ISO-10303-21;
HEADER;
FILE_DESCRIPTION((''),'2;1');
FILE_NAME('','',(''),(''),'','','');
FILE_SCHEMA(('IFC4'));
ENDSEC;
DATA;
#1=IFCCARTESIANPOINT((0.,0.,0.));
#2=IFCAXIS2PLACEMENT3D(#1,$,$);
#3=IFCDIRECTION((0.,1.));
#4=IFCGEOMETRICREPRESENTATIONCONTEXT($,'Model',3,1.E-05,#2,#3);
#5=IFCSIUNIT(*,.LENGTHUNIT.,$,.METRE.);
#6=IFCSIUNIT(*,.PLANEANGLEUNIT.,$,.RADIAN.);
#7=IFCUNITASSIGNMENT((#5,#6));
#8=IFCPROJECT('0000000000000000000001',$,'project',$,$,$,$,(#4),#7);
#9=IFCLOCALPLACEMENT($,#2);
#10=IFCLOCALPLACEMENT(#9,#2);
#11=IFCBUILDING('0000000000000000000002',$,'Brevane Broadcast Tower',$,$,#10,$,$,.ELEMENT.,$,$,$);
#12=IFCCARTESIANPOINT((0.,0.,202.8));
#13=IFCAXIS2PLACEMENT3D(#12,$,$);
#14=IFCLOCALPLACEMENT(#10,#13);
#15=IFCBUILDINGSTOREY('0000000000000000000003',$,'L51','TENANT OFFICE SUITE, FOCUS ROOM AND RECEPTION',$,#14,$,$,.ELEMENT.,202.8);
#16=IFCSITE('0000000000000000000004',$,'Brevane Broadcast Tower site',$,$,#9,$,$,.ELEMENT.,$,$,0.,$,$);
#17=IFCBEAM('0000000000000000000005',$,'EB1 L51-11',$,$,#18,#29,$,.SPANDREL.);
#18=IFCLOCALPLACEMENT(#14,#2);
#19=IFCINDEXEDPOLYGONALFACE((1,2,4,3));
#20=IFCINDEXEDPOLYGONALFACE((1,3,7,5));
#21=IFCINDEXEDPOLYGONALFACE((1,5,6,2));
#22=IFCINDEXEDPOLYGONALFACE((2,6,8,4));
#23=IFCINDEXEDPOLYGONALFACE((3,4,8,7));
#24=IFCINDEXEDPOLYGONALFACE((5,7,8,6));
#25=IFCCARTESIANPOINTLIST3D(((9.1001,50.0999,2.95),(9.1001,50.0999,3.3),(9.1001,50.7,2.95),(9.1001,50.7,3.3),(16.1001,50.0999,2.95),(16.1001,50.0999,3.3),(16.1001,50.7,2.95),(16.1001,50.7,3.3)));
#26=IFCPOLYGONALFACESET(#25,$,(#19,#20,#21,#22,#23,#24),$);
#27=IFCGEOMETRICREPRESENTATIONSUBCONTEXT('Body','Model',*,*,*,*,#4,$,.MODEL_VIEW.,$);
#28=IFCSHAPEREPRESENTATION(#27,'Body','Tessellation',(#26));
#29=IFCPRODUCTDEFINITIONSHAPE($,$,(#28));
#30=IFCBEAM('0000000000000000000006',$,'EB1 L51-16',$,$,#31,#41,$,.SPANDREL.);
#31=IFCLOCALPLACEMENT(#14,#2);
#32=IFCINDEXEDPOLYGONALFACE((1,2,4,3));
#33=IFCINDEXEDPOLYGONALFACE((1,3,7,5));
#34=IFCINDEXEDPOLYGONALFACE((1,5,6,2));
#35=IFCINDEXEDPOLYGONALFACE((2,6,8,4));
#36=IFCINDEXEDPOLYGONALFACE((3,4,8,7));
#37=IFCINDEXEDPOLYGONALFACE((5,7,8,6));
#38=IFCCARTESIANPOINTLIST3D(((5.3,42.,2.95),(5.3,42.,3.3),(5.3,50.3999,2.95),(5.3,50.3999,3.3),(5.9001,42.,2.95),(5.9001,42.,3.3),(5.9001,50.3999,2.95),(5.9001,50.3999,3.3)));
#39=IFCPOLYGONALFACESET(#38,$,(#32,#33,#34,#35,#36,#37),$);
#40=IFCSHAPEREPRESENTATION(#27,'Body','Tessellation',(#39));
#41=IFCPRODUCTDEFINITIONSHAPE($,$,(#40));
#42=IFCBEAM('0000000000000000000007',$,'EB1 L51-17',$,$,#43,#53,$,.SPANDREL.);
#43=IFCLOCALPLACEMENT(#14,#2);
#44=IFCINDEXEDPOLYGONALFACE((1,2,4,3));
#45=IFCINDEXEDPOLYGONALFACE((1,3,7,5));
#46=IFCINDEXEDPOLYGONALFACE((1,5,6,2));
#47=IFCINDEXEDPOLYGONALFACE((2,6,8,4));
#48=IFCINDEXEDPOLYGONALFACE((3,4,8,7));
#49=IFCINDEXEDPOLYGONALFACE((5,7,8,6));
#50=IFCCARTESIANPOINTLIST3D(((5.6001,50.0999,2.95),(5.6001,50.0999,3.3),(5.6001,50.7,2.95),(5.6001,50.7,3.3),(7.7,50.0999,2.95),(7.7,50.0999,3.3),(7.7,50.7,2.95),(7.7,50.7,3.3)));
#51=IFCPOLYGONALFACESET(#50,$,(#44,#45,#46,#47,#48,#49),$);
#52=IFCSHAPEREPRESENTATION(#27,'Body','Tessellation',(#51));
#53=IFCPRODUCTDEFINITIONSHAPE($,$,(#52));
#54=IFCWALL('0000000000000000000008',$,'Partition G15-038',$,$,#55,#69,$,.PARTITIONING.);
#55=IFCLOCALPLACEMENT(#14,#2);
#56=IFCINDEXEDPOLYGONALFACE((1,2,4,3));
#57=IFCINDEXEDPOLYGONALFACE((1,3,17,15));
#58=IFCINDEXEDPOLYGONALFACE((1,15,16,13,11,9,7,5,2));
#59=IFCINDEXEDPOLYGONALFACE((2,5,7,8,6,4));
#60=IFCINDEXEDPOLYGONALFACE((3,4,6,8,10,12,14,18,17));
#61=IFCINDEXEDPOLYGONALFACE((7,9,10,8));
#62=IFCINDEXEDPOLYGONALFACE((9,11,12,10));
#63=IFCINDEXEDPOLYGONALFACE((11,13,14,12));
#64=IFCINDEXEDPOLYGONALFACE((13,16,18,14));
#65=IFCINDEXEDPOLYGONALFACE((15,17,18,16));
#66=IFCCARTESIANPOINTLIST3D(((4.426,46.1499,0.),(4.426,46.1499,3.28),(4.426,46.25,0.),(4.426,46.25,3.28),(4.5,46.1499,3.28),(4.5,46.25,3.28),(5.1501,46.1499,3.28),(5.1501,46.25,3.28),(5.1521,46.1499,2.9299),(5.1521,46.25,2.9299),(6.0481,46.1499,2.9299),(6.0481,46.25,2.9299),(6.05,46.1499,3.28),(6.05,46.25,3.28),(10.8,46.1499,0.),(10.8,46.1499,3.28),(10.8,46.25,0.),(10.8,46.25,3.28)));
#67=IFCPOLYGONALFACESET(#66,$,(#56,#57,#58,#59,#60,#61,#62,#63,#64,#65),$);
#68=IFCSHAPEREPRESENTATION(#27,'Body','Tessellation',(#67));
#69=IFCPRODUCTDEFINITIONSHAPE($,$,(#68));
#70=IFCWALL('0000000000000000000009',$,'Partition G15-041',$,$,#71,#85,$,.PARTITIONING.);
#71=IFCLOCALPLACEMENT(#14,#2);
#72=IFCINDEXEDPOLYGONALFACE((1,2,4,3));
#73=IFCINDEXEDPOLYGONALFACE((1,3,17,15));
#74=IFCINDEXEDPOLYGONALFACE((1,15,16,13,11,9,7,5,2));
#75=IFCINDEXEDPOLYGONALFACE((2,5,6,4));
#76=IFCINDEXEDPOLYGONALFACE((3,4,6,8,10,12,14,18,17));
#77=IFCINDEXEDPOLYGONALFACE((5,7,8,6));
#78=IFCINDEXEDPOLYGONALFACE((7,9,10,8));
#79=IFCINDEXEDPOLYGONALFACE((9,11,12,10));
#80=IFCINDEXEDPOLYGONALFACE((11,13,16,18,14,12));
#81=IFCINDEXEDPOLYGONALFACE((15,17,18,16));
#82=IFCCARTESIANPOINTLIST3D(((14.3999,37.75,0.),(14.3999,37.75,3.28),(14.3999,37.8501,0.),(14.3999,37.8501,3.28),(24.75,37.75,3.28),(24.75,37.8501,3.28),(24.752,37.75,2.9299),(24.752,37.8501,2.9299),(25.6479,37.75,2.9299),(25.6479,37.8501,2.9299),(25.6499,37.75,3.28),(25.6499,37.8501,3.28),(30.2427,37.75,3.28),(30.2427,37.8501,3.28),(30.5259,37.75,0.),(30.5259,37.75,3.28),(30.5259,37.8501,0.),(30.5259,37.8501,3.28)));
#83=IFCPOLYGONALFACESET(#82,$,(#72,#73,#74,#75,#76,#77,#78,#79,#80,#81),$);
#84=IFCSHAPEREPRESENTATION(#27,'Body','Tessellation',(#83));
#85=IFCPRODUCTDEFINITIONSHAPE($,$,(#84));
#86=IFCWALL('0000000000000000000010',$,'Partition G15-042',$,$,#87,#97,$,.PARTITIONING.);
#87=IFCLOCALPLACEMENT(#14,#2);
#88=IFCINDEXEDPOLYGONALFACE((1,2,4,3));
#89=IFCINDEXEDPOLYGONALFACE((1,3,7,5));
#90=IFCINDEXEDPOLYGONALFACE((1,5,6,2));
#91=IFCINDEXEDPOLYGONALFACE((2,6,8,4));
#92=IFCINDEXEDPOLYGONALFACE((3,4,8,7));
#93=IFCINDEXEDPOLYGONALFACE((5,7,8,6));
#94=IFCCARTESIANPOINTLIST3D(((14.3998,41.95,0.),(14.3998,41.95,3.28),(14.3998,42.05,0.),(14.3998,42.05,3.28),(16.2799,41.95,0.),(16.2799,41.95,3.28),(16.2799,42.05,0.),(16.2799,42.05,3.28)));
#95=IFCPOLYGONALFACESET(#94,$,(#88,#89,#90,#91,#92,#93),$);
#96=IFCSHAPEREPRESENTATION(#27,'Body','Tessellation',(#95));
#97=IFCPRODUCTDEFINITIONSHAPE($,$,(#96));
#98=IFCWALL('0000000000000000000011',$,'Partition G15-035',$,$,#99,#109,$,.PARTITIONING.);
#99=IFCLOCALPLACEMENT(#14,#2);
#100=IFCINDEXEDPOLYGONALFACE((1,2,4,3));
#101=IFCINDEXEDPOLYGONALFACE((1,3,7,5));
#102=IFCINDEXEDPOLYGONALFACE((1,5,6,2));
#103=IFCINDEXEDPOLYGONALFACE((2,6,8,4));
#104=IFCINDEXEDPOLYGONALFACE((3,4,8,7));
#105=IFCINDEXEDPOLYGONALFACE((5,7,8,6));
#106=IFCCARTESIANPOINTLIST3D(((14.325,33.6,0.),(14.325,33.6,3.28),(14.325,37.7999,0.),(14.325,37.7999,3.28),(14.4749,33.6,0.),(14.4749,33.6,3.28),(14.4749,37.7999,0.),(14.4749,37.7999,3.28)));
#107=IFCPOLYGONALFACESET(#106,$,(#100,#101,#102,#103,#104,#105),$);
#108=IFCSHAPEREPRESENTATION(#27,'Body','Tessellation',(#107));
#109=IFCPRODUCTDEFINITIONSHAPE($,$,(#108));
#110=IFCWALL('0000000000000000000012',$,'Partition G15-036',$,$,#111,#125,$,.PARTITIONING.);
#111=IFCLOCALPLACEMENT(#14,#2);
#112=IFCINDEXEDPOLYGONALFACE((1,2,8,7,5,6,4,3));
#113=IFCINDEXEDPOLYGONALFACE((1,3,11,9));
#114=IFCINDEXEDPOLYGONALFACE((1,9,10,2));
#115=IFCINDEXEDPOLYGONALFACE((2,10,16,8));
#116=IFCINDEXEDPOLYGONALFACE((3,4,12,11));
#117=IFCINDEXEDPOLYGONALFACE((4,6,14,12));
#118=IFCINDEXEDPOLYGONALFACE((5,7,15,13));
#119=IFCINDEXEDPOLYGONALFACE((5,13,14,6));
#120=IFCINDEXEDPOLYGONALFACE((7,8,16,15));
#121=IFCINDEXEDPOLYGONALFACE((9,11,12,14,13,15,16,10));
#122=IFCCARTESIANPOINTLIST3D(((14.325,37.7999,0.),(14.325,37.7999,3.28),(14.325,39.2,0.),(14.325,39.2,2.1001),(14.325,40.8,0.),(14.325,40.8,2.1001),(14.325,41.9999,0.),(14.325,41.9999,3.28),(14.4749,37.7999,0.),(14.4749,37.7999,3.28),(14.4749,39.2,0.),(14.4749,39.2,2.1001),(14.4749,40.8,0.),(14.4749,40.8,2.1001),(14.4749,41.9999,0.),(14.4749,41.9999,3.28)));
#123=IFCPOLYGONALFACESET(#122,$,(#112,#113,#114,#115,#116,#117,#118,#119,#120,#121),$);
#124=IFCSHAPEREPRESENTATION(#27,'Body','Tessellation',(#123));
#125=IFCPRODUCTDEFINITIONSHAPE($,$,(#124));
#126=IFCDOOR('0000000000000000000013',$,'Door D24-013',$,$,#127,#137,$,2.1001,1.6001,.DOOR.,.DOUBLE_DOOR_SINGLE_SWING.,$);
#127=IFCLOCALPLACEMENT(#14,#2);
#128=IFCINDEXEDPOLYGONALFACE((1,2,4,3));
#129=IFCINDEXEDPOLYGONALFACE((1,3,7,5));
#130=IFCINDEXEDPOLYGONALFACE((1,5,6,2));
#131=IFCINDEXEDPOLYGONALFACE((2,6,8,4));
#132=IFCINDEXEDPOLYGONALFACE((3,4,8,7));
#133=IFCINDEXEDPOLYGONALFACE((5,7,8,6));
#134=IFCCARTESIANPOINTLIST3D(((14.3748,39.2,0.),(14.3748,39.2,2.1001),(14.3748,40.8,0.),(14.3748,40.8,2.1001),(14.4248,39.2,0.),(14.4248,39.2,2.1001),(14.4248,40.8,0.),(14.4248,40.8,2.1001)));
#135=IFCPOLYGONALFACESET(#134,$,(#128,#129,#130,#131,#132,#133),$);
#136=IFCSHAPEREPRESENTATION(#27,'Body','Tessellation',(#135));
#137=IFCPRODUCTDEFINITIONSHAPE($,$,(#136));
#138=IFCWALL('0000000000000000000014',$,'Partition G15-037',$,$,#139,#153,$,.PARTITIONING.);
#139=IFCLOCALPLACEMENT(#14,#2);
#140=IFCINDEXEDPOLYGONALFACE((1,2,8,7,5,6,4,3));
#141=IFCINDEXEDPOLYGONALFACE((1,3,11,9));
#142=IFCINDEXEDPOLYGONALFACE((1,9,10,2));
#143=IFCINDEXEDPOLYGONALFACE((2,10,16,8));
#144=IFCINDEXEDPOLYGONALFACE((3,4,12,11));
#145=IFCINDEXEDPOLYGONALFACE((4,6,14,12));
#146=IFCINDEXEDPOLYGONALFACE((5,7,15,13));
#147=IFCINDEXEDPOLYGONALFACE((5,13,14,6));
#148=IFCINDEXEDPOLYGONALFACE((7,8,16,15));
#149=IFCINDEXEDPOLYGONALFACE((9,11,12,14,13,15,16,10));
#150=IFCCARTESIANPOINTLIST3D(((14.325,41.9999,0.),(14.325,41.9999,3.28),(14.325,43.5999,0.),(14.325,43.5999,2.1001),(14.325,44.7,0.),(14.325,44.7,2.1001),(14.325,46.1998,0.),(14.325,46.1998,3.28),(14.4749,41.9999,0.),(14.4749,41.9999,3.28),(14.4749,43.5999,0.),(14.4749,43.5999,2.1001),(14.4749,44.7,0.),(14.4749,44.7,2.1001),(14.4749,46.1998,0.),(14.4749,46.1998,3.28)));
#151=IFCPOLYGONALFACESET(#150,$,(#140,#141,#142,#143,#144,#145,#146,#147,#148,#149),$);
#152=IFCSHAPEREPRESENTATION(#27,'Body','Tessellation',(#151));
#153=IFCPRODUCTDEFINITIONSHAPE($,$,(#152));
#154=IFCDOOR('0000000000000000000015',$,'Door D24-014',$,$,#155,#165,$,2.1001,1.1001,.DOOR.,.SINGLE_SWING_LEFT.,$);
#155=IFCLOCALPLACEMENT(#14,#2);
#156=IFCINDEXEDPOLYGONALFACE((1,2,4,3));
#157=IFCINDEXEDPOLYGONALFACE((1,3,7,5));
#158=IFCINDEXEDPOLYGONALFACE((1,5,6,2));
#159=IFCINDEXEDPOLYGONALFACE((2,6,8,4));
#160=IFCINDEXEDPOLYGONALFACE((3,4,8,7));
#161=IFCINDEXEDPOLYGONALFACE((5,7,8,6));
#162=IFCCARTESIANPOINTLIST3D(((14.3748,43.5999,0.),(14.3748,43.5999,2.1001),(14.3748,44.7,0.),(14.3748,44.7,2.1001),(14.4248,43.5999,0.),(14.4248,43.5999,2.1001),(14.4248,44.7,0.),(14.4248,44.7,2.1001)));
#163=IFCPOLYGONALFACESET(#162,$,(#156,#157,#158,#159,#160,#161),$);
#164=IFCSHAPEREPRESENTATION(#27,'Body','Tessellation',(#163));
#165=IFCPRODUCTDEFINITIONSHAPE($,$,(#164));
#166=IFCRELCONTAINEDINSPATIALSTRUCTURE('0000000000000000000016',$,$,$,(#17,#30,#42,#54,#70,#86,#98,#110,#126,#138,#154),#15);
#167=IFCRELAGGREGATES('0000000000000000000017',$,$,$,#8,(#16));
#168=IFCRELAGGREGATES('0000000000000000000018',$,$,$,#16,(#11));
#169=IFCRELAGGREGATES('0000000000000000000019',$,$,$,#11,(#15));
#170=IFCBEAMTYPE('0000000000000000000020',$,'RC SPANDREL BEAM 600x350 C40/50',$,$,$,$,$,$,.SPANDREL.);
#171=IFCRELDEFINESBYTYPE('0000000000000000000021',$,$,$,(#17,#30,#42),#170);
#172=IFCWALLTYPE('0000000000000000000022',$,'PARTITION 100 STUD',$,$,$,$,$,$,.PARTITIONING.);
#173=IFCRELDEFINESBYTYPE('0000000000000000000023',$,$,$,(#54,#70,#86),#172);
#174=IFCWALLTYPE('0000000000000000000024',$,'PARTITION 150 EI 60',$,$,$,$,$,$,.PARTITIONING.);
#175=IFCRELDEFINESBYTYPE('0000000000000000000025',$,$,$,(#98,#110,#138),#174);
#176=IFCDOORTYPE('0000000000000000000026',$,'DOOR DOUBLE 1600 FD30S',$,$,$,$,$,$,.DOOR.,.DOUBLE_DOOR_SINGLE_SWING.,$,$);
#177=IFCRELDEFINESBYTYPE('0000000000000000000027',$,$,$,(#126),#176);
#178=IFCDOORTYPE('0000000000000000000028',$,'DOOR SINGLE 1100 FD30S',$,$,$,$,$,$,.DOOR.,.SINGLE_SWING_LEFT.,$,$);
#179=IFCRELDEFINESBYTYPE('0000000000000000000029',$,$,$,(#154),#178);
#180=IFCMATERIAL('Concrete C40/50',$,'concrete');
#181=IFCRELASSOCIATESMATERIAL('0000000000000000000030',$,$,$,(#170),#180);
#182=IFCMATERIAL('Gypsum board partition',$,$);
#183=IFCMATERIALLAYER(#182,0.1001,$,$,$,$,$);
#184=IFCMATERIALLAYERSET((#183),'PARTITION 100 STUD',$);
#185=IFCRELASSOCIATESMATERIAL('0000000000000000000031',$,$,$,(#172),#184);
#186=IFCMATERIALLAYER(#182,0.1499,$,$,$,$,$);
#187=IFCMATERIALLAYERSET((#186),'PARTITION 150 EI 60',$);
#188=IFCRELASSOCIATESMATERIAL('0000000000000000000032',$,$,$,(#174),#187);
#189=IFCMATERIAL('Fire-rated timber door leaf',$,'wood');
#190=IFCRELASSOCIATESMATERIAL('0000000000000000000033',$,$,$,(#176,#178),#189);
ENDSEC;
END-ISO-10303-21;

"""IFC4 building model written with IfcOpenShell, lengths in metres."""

from ifc_helpers import new_model, si_unit, direction, frame, frame_2d, origin, origin_2d, place, context, subcontext, project, spatial, polyline, rectangle, outline, extrude, material, layer, layer_set, material_profile, profile_set, type_object, element, fill, save


model = new_model("IFC4")

# Units and contexts
model_context = context("Model", 3, precision=1e-05, world=origin(), true_north=direction((0.0, 1.0)))
body_context = subcontext(model_context, "Body", "Model", "MODEL_VIEW")
ifc_project = project(units=[si_unit("LENGTHUNIT", "METRE"), si_unit("PLANEANGLEUNIT", "RADIAN")], contexts=[model_context])

# Site, building, storey
site_placement = place(None, origin())
site = spatial("IfcSite", under=ifc_project, at=site_placement, Name="Brevane Broadcast Tower site", CompositionType="ELEMENT", RefElevation=0.0)
building_placement = place(site_placement, origin())
building = spatial("IfcBuilding", under=site, at=building_placement, Name="Brevane Broadcast Tower", CompositionType="ELEMENT")
storey_placement = place(building_placement, frame((0.0, 0.0, 202.8)))
storey = spatial("IfcBuildingStorey", under=building, at=storey_placement, Name="L51", Description="TENANT OFFICE SUITE, FOCUS ROOM AND RECEPTION", CompositionType="ELEMENT", Elevation=202.8)

# Beams
ifc_material_1 = material(Name="Concrete C40/50", Category="concrete")
ifc_material_profile_1 = material_profile(ifc_material_1, rectangle(XDim=0.6001, YDim=0.3501, at=origin_2d()), Name="RC 600x350")
ifc_profile_set_1 = profile_set([ifc_material_profile_1], Name="Concrete C40/50")
beam_type_1 = type_object("IfcBeamType", Name="RC SPANDREL BEAM 600x350 C40/50", PredefinedType="SPANDREL", material=ifc_profile_set_1)
beam_1_placement = place(storey_placement, frame((16.1001, 50.3999, 3.125), z_axis=(-1.0, 0.0, 0.0), x_axis=(0.0, -1.0, 0.0)))
element("IfcBeam", 1, at=beam_1_placement, inside=storey, type_object=beam_type_1, Name="EB1 L51-11", PredefinedType="SPANDREL", context=body_context, shape_type="SweptSolid", body=[
    extrude(rectangle(XDim=0.6001, YDim=0.3501, at=origin_2d()), origin(), (0.0, 0.0, 1.0), 7.0),
])
beam_2_placement = place(storey_placement, frame((5.6001, 42.0, 3.125), z_axis=(0.0, 1.0, 0.0), x_axis=(-1.0, 0.0, 0.0)))
element("IfcBeam", 2, at=beam_2_placement, inside=storey, type_object=beam_type_1, Name="EB1 L51-16", PredefinedType="SPANDREL", context=body_context, shape_type="SweptSolid", body=[
    extrude(rectangle(XDim=0.6001, YDim=0.3501, at=origin_2d()), origin(), (0.0, 0.0, 1.0), 8.3999),
])
beam_3_placement = place(storey_placement, frame((5.6001, 50.3999, 3.125), z_axis=(1.0, 0.0, 0.0), x_axis=(0.0, 1.0, 0.0)))
element("IfcBeam", 3, at=beam_3_placement, inside=storey, type_object=beam_type_1, Name="EB1 L51-17", PredefinedType="SPANDREL", context=body_context, shape_type="SweptSolid", body=[
    extrude(rectangle(XDim=0.6001, YDim=0.3501, at=origin_2d()), origin(), (0.0, 0.0, 1.0), 2.0999),
])

# Walls
ifc_material_2 = material(Name="Gypsum board partition")
ifc_layer_1 = layer(ifc_material_2, 0.1001)
ifc_layer_set_1 = layer_set([ifc_layer_1], Name="PARTITION 100 STUD")
wall_type_1 = type_object("IfcWallType", Name="PARTITION 100 STUD", PredefinedType="PARTITIONING", material=ifc_layer_set_1)
wall_1_placement = place(storey_placement, frame((10.8, 46.2, 0.0), z_axis=(0.0, 0.0, 1.0), x_axis=(-1.0, 0.0, 0.0)))
element("IfcWall", 4, at=wall_1_placement, inside=storey, type_object=wall_type_1, Name="Partition G15-038", PredefinedType="PARTITIONING", context=body_context, shape_type="SweptSolid", body=[
    extrude(outline(polyline([(0.0, 0.0), (6.374, 0.0), (6.374, 3.28), (6.3, 3.28), (5.6499, 3.28), (5.6479, 2.9299), (4.752, 2.9299), (4.75, 3.28), (0.0, 3.28), (0.0, 0.0)])), frame((0.0, 0.05, 0.0), z_axis=(0.0, -1.0, 0.0), x_axis=(1.0, 0.0, 0.0)), (0.0, 0.0, 1.0), 0.1001),
])
wall_2_placement = place(storey_placement, frame((14.3999, 37.8, 0.0), z_axis=(0.0, 0.0, 1.0), x_axis=(1.0, 0.0, 0.0)))
element("IfcWall", 5, at=wall_2_placement, inside=storey, type_object=wall_type_1, Name="Partition G15-041", PredefinedType="PARTITIONING", context=body_context, shape_type="SweptSolid", body=[
    extrude(outline(polyline([(0.0, 0.0), (16.126, 0.0), (16.126, 3.28), (15.8428, 3.28), (11.25, 3.28), (11.248, 2.9299), (10.3521, 2.9299), (10.3501, 3.28), (0.0, 3.28), (0.0, 0.0)])), frame((0.0, 0.05, 0.0), z_axis=(0.0, -1.0, 0.0), x_axis=(1.0, 0.0, 0.0)), (0.0, 0.0, 1.0), 0.1001),
])
wall_3_placement = place(storey_placement, frame((14.3999, 42.0, 0.0), z_axis=(0.0, 0.0, 1.0), x_axis=(1.0, 0.0, 0.0)))
element("IfcWall", 6, at=wall_3_placement, inside=storey, type_object=wall_type_1, Name="Partition G15-042", PredefinedType="PARTITIONING", context=body_context, shape_type="SweptSolid", body=[
    extrude(rectangle(XDim=1.8801, YDim=0.1001, at=frame_2d((0.9399, 0.0))), origin(), (0.0, 0.0, 1.0), 3.28),
])

# Shared definitions
ifc_layer_2 = layer(ifc_material_2, 0.1499)
ifc_layer_set_2 = layer_set([ifc_layer_2], Name="PARTITION 150 EI 60")
wall_type_2 = type_object("IfcWallType", Name="PARTITION 150 EI 60", PredefinedType="PARTITIONING", material=ifc_layer_set_2)
ifc_material_3 = material(Name="Fire-rated timber door leaf", Category="wood")

# Wall
wall_4_placement = place(storey_placement, frame((14.3999, 37.8, 0.0), z_axis=(0.0, 0.0, 1.0), x_axis=(0.0, -1.0, 0.0)))
element("IfcWall", 7, at=wall_4_placement, inside=storey, type_object=wall_type_2, Name="Partition G15-035", PredefinedType="PARTITIONING", context=body_context, shape_type="SweptSolid", body=[
    extrude(rectangle(XDim=4.2, YDim=0.1499, at=frame_2d((2.1001, 0.0))), origin(), (0.0, 0.0, 1.0), 3.28),
])

# Walls, openings, doors
wall_5_placement = place(storey_placement, frame((14.3999, 42.0, 0.0), z_axis=(0.0, 0.0, 1.0), x_axis=(0.0, -1.0, 0.0)))
wall_5 = element("IfcWall", 8, at=wall_5_placement, inside=storey, type_object=wall_type_2, Name="Partition G15-036", PredefinedType="PARTITIONING", context=body_context, shape_type="SweptSolid", body=[
    extrude(rectangle(XDim=4.2, YDim=0.1499, at=frame_2d((2.1001, 0.0))), origin(), (0.0, 0.0, 1.0), 3.28),
])
opening_1_placement = place(wall_5_placement, frame((1.2, 0.0, 0.0)))
opening_1 = element("IfcOpeningElement", 9, at=opening_1_placement, cuts=wall_5, PredefinedType="OPENING", context=body_context, shape_type="SweptSolid", body=[
    extrude(rectangle(XDim=1.6001, YDim=2.1001, at=frame_2d((0.8, 1.05))), frame((0.0, 0.085, 0.0), z_axis=(0.0, -1.0, 0.0), x_axis=(1.0, 0.0, 0.0)), (0.0, 0.0, 1.0), 0.1699),
])
door_type_1 = type_object("IfcDoorType", Name="DOOR DOUBLE 1600 FD30S", OperationType="DOUBLE_DOOR_SINGLE_SWING", PredefinedType="DOOR", material=ifc_material_3)
door_1_placement = place(opening_1_placement, origin())
door_1 = element("IfcDoor", 10, at=door_1_placement, inside=storey, type_object=door_type_1, Name="Door D24-013", OperationType="DOUBLE_DOOR_SINGLE_SWING", OverallHeight=2.1001, OverallWidth=1.6001, PredefinedType="DOOR", context=body_context, shape_type="SweptSolid", body=[
    extrude(rectangle(XDim=1.6001, YDim=2.1001, at=frame_2d((0.8, 1.05))), frame((0.0, 0.0249, 0.0), z_axis=(0.0, -1.0, 0.0), x_axis=(1.0, 0.0, 0.0)), (0.0, 0.0, 1.0), 0.05),
])
fill(opening_1, door_1)
wall_6_placement = place(storey_placement, frame((14.3999, 46.2, 0.0), z_axis=(0.0, 0.0, 1.0), x_axis=(0.0, -1.0, 0.0)))
wall_6 = element("IfcWall", 11, at=wall_6_placement, inside=storey, type_object=wall_type_2, Name="Partition G15-037", PredefinedType="PARTITIONING", context=body_context, shape_type="SweptSolid", body=[
    extrude(rectangle(XDim=4.2, YDim=0.1499, at=frame_2d((2.1001, 0.0))), origin(), (0.0, 0.0, 1.0), 3.28),
])
opening_2_placement = place(wall_6_placement, frame((1.5, 0.0, 0.0)))
opening_2 = element("IfcOpeningElement", 12, at=opening_2_placement, cuts=wall_6, PredefinedType="OPENING", context=body_context, shape_type="SweptSolid", body=[
    extrude(rectangle(XDim=1.1001, YDim=2.1001, at=frame_2d((0.55, 1.05))), frame((0.0, 0.085, 0.0), z_axis=(0.0, -1.0, 0.0), x_axis=(1.0, 0.0, 0.0)), (0.0, 0.0, 1.0), 0.1699),
])
door_type_2 = type_object("IfcDoorType", Name="DOOR SINGLE 1100 FD30S", OperationType="SINGLE_SWING_LEFT", PredefinedType="DOOR", material=ifc_material_3)
door_2_placement = place(opening_2_placement, origin())
door_2 = element("IfcDoor", 13, at=door_2_placement, inside=storey, type_object=door_type_2, Name="Door D24-014", OperationType="SINGLE_SWING_LEFT", OverallHeight=2.1001, OverallWidth=1.1001, PredefinedType="DOOR", context=body_context, shape_type="SweptSolid", body=[
    extrude(rectangle(XDim=1.1001, YDim=2.1001, at=frame_2d((0.55, 1.05))), frame((0.0, 0.0249, 0.0), z_axis=(0.0, -1.0, 0.0), x_axis=(1.0, 0.0, 0.0)), (0.0, 0.0, 1.0), 0.05),
])
fill(opening_2, door_2)

save(model, "model.ifc")
